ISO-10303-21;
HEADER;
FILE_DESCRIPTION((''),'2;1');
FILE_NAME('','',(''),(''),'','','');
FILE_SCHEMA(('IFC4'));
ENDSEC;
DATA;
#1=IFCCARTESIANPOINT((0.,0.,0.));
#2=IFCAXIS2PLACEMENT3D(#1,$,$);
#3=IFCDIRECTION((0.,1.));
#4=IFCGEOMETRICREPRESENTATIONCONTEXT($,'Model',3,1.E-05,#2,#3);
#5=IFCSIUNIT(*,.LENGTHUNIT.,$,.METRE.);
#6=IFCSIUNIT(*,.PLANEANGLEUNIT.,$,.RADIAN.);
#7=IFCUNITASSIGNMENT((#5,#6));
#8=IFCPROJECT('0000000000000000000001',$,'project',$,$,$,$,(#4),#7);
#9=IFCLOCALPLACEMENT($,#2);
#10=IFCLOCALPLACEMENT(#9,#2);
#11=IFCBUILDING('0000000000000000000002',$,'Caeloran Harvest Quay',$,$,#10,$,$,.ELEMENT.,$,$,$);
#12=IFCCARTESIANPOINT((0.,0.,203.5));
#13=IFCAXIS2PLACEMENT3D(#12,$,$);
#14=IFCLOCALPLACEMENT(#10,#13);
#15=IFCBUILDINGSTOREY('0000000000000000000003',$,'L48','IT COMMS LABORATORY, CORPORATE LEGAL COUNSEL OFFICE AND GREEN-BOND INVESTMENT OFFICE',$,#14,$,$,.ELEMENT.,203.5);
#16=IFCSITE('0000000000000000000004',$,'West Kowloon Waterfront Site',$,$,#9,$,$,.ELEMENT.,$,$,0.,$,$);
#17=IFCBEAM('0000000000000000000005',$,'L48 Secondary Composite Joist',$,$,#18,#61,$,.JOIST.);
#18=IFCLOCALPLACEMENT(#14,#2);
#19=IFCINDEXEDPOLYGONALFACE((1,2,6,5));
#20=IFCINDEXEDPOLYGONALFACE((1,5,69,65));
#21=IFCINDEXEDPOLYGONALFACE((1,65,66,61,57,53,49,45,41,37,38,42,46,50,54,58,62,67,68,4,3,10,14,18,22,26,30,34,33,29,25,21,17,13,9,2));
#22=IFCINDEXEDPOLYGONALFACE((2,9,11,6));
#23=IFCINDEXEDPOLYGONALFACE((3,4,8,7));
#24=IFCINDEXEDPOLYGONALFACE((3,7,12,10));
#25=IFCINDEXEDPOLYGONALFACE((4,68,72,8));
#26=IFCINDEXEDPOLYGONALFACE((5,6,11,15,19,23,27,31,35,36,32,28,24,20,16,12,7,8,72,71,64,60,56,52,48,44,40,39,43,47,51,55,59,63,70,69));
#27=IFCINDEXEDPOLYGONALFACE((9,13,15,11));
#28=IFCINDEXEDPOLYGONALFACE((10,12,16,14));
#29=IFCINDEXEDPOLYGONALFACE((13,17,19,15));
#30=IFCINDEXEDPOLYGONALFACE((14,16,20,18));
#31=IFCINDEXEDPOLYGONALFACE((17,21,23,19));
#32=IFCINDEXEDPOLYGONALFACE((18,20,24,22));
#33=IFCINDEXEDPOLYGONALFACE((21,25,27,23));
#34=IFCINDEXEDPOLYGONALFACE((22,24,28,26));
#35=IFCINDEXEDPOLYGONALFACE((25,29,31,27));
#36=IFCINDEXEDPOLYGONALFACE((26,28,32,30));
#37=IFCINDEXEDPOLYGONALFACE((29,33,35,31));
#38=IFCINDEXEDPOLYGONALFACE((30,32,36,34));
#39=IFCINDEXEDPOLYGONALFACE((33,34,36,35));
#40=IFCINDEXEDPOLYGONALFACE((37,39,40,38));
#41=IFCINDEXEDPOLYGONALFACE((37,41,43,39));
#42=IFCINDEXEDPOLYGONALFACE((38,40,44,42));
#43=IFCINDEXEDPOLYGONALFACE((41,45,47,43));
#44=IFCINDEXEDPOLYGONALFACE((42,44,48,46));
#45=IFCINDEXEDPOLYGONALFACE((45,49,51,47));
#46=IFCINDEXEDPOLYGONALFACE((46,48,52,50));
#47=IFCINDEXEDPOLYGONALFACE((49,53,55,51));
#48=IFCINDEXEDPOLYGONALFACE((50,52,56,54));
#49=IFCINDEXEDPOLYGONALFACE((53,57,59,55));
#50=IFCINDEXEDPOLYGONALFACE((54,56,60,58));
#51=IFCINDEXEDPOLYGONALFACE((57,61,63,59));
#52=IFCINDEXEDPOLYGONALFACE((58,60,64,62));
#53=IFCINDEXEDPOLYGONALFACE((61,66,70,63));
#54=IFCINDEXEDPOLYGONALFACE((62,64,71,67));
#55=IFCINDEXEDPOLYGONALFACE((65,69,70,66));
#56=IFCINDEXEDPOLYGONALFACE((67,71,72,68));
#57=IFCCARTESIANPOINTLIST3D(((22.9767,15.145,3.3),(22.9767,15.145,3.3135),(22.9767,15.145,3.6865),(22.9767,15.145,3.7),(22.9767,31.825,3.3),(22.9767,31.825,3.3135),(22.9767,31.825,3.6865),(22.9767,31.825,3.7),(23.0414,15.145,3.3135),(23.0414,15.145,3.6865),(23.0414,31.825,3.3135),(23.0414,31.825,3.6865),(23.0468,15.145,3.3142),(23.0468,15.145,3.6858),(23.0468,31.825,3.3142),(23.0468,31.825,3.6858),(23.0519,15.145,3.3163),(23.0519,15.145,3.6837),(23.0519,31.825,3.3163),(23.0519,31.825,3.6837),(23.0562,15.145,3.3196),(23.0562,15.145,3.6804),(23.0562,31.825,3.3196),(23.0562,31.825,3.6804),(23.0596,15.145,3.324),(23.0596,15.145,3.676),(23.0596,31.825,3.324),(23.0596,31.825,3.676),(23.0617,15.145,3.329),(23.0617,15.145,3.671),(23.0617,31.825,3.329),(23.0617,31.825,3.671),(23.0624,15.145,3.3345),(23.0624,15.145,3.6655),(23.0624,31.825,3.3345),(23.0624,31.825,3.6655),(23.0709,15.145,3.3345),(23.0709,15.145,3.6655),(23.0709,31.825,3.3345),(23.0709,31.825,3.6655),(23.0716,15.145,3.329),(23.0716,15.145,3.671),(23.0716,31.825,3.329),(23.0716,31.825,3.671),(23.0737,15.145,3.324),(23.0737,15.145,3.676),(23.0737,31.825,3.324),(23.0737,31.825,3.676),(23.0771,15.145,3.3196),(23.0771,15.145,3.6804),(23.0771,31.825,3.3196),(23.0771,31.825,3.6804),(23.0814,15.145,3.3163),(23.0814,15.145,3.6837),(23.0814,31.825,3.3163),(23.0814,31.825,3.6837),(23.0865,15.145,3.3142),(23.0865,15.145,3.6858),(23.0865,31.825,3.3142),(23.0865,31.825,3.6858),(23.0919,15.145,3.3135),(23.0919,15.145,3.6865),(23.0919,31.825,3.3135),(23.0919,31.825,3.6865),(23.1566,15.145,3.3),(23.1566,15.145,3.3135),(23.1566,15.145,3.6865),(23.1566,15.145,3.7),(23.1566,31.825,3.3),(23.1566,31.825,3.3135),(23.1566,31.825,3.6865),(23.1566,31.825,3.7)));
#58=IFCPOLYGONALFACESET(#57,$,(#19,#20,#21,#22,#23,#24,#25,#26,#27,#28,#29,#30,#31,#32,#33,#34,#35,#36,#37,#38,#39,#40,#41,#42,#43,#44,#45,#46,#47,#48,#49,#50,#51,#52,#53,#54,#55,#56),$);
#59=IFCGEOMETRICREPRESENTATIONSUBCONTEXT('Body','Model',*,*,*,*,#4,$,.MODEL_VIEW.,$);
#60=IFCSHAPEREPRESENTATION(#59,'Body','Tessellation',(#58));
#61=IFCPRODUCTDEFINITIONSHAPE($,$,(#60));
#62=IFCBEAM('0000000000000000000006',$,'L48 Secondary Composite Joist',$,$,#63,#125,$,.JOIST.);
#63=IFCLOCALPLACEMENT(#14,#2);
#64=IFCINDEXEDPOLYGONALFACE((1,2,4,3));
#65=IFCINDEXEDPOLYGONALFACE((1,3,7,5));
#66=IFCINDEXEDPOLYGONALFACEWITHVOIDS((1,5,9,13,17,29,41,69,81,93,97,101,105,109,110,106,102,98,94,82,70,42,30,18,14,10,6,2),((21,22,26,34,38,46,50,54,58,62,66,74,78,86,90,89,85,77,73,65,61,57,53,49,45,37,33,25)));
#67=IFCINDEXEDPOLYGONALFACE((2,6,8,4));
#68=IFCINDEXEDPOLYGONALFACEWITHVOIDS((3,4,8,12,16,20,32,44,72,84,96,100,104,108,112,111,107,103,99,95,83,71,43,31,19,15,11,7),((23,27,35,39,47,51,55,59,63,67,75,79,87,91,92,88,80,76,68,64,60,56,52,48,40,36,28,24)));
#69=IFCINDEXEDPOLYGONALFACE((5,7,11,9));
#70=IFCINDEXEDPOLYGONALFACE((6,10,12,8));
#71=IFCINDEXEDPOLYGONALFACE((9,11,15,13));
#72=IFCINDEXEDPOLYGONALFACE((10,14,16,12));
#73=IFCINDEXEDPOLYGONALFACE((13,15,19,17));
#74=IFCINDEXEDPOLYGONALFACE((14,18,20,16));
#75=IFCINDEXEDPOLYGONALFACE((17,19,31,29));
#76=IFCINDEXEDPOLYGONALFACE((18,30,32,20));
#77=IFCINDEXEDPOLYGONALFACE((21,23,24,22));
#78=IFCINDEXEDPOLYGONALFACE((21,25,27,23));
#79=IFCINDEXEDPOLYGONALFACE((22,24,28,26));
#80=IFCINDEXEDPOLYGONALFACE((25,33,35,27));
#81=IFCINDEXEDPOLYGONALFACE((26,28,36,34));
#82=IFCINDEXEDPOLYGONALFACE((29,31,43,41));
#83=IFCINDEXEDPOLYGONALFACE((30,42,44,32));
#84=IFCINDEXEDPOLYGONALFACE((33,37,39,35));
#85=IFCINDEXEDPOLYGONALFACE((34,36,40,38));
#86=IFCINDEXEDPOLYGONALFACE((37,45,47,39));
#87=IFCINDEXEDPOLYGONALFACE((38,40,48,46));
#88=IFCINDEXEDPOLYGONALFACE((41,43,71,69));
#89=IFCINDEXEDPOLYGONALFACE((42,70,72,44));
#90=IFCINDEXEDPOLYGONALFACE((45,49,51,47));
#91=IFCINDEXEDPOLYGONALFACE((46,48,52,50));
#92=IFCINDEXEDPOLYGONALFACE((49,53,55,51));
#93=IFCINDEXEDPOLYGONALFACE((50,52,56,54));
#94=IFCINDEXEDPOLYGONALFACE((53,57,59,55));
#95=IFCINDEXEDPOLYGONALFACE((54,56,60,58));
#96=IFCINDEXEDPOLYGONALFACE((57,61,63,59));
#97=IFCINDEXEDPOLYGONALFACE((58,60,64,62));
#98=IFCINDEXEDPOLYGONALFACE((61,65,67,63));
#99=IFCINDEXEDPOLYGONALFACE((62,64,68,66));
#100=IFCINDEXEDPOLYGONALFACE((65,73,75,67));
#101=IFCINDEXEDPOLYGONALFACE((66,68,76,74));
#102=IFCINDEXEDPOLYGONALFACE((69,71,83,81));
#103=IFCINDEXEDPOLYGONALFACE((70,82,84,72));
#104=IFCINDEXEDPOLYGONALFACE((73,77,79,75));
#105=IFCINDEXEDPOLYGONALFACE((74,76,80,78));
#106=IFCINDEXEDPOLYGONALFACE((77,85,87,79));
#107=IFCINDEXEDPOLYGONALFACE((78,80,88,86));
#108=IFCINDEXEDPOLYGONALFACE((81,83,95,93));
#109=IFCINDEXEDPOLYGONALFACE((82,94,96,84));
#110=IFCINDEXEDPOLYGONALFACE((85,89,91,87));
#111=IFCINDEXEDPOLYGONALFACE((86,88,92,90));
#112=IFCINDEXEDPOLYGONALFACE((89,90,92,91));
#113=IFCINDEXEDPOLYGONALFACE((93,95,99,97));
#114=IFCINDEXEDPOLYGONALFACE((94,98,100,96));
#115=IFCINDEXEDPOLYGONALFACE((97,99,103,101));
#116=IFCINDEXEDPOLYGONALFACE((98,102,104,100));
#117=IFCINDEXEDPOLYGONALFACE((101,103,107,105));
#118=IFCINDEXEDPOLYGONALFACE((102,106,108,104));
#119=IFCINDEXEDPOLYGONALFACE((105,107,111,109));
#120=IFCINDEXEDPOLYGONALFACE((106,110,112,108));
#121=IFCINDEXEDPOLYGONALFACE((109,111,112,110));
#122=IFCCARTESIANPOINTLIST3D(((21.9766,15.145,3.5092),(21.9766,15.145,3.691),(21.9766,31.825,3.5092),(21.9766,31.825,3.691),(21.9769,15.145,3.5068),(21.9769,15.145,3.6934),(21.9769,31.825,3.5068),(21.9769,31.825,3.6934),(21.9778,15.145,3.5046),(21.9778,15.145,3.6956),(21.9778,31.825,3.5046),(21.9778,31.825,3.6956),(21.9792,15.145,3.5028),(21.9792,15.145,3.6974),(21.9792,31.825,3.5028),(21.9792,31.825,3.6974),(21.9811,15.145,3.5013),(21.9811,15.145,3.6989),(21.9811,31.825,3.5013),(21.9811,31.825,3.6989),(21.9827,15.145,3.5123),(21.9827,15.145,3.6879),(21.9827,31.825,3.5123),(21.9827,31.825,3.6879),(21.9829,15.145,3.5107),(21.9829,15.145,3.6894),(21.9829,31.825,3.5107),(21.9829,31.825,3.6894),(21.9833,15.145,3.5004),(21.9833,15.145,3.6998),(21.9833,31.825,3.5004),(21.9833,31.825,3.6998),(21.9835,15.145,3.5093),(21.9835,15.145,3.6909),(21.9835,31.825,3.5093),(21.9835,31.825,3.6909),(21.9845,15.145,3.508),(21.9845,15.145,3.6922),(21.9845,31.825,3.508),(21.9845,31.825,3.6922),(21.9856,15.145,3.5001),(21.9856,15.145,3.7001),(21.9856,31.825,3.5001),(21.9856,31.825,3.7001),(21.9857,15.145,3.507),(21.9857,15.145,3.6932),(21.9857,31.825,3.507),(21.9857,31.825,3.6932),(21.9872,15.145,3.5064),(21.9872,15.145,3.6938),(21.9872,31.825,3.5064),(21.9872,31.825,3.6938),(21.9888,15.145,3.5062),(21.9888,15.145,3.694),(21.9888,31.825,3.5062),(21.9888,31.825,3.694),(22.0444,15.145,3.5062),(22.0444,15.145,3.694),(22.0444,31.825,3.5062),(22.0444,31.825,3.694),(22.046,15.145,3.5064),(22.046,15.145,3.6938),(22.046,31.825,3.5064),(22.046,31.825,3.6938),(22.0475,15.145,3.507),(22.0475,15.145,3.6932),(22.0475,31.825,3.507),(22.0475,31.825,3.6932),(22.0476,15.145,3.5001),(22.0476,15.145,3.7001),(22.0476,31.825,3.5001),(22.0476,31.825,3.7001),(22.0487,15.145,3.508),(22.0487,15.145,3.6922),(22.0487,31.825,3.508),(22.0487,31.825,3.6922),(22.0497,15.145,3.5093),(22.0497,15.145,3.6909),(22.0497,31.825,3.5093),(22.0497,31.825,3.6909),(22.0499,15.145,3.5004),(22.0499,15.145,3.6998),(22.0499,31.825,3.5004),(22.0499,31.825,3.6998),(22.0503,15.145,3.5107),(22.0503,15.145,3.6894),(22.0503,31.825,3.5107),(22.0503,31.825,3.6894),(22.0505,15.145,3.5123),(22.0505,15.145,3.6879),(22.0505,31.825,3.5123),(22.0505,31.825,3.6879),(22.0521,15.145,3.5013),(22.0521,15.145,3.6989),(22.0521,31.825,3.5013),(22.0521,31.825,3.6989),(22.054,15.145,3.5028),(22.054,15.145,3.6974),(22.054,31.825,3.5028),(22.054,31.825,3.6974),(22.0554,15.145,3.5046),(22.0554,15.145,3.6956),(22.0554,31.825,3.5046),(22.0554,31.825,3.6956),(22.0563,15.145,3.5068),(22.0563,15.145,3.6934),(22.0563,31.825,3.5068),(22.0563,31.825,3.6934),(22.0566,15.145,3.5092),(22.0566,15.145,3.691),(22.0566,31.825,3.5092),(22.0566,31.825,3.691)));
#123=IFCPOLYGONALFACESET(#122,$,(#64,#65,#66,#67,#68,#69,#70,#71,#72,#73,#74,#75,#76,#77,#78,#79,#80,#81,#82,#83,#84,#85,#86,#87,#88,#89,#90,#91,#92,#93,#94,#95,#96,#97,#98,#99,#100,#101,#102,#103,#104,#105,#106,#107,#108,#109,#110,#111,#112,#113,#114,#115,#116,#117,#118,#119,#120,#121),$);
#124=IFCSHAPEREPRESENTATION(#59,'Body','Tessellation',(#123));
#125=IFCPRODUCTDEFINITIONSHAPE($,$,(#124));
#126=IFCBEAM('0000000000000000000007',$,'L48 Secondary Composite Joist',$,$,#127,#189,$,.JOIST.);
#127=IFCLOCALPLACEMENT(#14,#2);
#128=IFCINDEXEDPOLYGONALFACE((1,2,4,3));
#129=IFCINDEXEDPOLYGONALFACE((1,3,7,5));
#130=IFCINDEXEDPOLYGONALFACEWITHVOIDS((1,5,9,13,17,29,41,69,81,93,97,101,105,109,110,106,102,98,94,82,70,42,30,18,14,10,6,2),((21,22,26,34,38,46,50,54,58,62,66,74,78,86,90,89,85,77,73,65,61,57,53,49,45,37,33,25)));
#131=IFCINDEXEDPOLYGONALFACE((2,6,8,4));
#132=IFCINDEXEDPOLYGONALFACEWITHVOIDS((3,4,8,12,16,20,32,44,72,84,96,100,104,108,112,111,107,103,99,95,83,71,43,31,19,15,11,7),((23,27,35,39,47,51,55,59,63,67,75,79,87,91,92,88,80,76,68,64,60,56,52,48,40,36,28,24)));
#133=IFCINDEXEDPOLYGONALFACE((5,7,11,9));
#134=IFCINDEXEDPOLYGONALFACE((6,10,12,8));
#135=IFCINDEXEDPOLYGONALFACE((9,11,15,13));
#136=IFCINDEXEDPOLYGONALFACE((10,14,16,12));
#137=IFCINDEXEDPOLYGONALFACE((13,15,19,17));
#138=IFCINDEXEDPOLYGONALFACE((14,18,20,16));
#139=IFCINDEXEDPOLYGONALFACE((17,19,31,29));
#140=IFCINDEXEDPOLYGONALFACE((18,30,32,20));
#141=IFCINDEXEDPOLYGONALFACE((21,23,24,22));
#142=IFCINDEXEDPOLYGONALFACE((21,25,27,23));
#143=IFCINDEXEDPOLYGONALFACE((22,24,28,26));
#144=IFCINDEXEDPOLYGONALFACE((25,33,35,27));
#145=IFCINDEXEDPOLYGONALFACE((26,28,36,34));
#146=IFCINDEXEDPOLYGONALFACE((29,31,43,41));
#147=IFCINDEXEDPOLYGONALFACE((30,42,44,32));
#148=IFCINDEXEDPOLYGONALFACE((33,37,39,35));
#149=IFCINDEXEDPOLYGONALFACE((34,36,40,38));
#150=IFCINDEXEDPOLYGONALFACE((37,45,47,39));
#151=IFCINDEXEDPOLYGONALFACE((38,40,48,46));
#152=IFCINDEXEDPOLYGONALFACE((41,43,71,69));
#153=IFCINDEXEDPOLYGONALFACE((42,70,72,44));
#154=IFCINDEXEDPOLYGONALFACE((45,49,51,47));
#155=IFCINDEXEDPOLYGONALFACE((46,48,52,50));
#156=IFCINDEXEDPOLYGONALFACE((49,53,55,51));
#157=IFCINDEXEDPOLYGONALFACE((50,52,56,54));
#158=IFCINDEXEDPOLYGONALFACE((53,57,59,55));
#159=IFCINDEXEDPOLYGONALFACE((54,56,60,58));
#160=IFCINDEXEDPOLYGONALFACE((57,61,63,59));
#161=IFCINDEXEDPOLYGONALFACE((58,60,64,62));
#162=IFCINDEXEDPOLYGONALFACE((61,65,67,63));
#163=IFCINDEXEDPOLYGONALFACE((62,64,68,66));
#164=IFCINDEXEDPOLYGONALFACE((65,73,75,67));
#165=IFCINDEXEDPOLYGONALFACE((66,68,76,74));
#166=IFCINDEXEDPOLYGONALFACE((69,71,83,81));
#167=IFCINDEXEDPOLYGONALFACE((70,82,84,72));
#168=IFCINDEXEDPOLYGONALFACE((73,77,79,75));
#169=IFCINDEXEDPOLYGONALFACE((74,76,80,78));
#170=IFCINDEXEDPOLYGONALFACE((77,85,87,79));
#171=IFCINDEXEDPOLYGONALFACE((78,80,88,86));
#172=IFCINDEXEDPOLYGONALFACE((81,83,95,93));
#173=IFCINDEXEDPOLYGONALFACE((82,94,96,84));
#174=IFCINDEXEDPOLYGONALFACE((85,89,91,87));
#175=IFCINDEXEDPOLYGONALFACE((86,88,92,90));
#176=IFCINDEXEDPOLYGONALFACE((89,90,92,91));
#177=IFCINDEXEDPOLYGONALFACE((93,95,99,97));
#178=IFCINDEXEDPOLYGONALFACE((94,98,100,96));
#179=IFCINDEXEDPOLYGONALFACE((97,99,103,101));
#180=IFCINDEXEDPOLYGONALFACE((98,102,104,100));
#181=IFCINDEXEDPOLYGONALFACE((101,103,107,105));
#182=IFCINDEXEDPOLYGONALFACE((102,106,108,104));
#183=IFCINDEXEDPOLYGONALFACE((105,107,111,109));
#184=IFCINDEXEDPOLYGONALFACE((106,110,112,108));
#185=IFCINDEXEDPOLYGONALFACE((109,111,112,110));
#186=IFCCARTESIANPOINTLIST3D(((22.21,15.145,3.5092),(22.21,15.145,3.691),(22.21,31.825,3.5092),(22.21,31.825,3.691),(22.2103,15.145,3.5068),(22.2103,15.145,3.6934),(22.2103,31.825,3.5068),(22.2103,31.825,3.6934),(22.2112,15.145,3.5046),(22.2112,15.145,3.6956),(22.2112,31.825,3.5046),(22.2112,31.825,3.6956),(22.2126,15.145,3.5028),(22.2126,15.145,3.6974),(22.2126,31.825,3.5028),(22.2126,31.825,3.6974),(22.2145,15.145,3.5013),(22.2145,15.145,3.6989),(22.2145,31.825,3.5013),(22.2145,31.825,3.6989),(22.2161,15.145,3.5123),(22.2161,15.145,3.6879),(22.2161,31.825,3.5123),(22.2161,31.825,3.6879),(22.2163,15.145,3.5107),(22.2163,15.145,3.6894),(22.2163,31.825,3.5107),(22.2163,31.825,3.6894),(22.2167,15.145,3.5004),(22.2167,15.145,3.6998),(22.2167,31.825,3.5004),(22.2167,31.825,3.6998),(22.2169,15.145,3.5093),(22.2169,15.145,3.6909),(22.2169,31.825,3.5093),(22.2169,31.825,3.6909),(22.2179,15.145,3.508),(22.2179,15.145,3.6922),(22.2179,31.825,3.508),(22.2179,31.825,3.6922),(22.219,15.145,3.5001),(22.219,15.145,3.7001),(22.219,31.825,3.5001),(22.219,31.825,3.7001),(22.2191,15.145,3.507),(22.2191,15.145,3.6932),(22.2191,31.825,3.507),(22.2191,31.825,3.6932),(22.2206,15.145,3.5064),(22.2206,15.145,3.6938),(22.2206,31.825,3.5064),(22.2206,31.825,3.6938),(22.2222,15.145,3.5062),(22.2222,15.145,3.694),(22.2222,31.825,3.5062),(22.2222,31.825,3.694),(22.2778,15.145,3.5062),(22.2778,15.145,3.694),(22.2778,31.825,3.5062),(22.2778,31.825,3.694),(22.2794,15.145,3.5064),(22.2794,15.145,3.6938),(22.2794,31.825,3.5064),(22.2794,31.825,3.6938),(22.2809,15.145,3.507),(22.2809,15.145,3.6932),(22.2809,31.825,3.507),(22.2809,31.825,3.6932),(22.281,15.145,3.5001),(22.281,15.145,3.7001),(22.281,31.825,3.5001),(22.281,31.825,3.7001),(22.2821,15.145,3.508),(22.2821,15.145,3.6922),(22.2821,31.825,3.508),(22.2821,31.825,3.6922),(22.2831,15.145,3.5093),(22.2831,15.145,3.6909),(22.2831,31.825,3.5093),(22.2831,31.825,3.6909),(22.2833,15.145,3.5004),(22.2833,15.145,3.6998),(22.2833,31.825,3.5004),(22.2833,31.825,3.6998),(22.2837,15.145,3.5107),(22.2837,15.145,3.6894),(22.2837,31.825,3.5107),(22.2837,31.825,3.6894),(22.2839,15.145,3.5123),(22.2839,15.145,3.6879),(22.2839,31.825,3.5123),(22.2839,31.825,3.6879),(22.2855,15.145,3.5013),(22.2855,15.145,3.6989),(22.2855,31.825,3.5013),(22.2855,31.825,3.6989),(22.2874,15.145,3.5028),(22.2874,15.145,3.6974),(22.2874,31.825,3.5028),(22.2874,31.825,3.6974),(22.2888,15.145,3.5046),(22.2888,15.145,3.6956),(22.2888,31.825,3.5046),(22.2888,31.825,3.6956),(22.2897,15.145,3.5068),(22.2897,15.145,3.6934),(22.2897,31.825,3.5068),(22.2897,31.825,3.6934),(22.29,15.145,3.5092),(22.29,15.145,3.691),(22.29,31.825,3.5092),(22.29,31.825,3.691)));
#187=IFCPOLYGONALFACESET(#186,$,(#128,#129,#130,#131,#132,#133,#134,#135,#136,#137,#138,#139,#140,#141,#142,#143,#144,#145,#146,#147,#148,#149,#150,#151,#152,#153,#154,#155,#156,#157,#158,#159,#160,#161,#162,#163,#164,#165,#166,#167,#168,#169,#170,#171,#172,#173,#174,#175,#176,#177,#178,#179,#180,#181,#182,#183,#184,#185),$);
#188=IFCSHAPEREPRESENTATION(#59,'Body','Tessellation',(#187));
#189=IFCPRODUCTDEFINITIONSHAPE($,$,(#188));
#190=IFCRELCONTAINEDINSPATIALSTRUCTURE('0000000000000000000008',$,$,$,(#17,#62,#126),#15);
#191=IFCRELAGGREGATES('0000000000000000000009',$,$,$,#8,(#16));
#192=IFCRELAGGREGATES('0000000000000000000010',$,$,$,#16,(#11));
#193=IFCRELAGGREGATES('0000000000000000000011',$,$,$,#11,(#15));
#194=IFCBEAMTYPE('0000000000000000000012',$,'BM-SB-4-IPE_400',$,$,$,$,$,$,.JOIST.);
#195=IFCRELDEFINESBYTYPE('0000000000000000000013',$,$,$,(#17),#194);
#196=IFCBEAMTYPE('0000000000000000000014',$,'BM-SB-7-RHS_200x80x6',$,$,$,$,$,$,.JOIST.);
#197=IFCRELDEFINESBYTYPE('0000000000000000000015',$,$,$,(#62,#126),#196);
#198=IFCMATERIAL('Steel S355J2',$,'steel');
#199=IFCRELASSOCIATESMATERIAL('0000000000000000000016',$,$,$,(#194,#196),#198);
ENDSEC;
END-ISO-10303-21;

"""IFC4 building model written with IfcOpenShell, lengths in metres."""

from ifc_helpers import new_model, si_unit, direction, frame, origin, origin_2d, place, context, subcontext, project, spatial, hollow_rectangle, i_section, extrude, material, material_profile, profile_set, type_object, element, save


model = new_model("IFC4")

# Units and contexts
model_context = context("Model", 3, precision=1e-05, world=origin(), true_north=direction((0.0, 1.0)))
body_context = subcontext(model_context, "Body", "Model", "MODEL_VIEW")
ifc_project = project(units=[si_unit("LENGTHUNIT", "METRE"), si_unit("PLANEANGLEUNIT", "RADIAN")], contexts=[model_context])

# Site, building, storey
site_placement = place(None, origin())
site = spatial("IfcSite", under=ifc_project, at=site_placement, Name="West Kowloon Waterfront Site", CompositionType="ELEMENT", RefElevation=0.0)
building_placement = place(site_placement, origin())
building = spatial("IfcBuilding", under=site, at=building_placement, Name="Caeloran Harvest Quay", CompositionType="ELEMENT")
storey_placement = place(building_placement, frame((0.0, 0.0, 203.5)))
storey = spatial("IfcBuildingStorey", under=building, at=storey_placement, Name="L48", Description="IT COMMS LABORATORY, CORPORATE LEGAL COUNSEL OFFICE AND GREEN-BOND INVESTMENT OFFICE", CompositionType="ELEMENT", Elevation=203.5)

# Beams
ifc_material_1 = material(Name="Steel S355J2", Category="steel")
ifc_material_profile_1 = material_profile(ifc_material_1, i_section(OverallWidth=0.1799, OverallDepth=0.3999, WebThickness=0.0085, FlangeThickness=0.0134, FilletRadius=0.021, at=origin_2d()), Name="IPE 400")
ifc_profile_set_1 = profile_set([ifc_material_profile_1], Name="Steel S355J2")
beam_type_1 = type_object("IfcBeamType", Name="BM-SB-4-IPE_400", PredefinedType="JOIST", material=ifc_profile_set_1)
for number, where, z_axis, x_axis, name in (
    (1, (23.0667, 15.145, 3.5), (0.0, 1.0, 0.0), (-1.0, 0.0, 0.0), "L48 Secondary Composite Joist"),
):
    element("IfcBeam", number, at=place(storey_placement, frame(where, z_axis=z_axis, x_axis=x_axis)), inside=storey, type_object=beam_type_1, Name=name, PredefinedType="JOIST", context=body_context, shape_type="SweptSolid", body=[
        extrude(i_section(OverallWidth=0.1799, OverallDepth=0.3999, WebThickness=0.0085, FlangeThickness=0.0134, FilletRadius=0.021, at=origin_2d()), origin(), (0.0, 0.0, 1.0), 16.6799),
    ])
ifc_material_profile_2 = material_profile(ifc_material_1, hollow_rectangle(XDim=0.0801, YDim=0.2, WallThickness=0.0061, InnerFilletRadius=0.0061, OuterFilletRadius=0.009, at=origin_2d()), Name="RHS 200x80x6")
ifc_profile_set_2 = profile_set([ifc_material_profile_2], Name="Steel S355J2")
beam_type_2 = type_object("IfcBeamType", Name="BM-SB-7-RHS_200x80x6", PredefinedType="JOIST", material=ifc_profile_set_2)
for number, where, z_axis, x_axis, name in (
    (2, (22.0166, 15.145, 3.6001), (0.0, 1.0, 0.0), (-1.0, 0.0, 0.0), "L48 Secondary Composite Joist"),
    (3, (22.25, 15.145, 3.6001), (0.0, 1.0, 0.0), (-1.0, 0.0, 0.0), "L48 Secondary Composite Joist"),
):
    element("IfcBeam", number, at=place(storey_placement, frame(where, z_axis=z_axis, x_axis=x_axis)), inside=storey, type_object=beam_type_2, Name=name, PredefinedType="JOIST", context=body_context, shape_type="SweptSolid", body=[
        extrude(hollow_rectangle(XDim=0.0801, YDim=0.2, WallThickness=0.0061, InnerFilletRadius=0.0061, OuterFilletRadius=0.009, at=origin_2d()), origin(), (0.0, 0.0, 1.0), 16.6799),
    ])

save(model, "model.ifc")
